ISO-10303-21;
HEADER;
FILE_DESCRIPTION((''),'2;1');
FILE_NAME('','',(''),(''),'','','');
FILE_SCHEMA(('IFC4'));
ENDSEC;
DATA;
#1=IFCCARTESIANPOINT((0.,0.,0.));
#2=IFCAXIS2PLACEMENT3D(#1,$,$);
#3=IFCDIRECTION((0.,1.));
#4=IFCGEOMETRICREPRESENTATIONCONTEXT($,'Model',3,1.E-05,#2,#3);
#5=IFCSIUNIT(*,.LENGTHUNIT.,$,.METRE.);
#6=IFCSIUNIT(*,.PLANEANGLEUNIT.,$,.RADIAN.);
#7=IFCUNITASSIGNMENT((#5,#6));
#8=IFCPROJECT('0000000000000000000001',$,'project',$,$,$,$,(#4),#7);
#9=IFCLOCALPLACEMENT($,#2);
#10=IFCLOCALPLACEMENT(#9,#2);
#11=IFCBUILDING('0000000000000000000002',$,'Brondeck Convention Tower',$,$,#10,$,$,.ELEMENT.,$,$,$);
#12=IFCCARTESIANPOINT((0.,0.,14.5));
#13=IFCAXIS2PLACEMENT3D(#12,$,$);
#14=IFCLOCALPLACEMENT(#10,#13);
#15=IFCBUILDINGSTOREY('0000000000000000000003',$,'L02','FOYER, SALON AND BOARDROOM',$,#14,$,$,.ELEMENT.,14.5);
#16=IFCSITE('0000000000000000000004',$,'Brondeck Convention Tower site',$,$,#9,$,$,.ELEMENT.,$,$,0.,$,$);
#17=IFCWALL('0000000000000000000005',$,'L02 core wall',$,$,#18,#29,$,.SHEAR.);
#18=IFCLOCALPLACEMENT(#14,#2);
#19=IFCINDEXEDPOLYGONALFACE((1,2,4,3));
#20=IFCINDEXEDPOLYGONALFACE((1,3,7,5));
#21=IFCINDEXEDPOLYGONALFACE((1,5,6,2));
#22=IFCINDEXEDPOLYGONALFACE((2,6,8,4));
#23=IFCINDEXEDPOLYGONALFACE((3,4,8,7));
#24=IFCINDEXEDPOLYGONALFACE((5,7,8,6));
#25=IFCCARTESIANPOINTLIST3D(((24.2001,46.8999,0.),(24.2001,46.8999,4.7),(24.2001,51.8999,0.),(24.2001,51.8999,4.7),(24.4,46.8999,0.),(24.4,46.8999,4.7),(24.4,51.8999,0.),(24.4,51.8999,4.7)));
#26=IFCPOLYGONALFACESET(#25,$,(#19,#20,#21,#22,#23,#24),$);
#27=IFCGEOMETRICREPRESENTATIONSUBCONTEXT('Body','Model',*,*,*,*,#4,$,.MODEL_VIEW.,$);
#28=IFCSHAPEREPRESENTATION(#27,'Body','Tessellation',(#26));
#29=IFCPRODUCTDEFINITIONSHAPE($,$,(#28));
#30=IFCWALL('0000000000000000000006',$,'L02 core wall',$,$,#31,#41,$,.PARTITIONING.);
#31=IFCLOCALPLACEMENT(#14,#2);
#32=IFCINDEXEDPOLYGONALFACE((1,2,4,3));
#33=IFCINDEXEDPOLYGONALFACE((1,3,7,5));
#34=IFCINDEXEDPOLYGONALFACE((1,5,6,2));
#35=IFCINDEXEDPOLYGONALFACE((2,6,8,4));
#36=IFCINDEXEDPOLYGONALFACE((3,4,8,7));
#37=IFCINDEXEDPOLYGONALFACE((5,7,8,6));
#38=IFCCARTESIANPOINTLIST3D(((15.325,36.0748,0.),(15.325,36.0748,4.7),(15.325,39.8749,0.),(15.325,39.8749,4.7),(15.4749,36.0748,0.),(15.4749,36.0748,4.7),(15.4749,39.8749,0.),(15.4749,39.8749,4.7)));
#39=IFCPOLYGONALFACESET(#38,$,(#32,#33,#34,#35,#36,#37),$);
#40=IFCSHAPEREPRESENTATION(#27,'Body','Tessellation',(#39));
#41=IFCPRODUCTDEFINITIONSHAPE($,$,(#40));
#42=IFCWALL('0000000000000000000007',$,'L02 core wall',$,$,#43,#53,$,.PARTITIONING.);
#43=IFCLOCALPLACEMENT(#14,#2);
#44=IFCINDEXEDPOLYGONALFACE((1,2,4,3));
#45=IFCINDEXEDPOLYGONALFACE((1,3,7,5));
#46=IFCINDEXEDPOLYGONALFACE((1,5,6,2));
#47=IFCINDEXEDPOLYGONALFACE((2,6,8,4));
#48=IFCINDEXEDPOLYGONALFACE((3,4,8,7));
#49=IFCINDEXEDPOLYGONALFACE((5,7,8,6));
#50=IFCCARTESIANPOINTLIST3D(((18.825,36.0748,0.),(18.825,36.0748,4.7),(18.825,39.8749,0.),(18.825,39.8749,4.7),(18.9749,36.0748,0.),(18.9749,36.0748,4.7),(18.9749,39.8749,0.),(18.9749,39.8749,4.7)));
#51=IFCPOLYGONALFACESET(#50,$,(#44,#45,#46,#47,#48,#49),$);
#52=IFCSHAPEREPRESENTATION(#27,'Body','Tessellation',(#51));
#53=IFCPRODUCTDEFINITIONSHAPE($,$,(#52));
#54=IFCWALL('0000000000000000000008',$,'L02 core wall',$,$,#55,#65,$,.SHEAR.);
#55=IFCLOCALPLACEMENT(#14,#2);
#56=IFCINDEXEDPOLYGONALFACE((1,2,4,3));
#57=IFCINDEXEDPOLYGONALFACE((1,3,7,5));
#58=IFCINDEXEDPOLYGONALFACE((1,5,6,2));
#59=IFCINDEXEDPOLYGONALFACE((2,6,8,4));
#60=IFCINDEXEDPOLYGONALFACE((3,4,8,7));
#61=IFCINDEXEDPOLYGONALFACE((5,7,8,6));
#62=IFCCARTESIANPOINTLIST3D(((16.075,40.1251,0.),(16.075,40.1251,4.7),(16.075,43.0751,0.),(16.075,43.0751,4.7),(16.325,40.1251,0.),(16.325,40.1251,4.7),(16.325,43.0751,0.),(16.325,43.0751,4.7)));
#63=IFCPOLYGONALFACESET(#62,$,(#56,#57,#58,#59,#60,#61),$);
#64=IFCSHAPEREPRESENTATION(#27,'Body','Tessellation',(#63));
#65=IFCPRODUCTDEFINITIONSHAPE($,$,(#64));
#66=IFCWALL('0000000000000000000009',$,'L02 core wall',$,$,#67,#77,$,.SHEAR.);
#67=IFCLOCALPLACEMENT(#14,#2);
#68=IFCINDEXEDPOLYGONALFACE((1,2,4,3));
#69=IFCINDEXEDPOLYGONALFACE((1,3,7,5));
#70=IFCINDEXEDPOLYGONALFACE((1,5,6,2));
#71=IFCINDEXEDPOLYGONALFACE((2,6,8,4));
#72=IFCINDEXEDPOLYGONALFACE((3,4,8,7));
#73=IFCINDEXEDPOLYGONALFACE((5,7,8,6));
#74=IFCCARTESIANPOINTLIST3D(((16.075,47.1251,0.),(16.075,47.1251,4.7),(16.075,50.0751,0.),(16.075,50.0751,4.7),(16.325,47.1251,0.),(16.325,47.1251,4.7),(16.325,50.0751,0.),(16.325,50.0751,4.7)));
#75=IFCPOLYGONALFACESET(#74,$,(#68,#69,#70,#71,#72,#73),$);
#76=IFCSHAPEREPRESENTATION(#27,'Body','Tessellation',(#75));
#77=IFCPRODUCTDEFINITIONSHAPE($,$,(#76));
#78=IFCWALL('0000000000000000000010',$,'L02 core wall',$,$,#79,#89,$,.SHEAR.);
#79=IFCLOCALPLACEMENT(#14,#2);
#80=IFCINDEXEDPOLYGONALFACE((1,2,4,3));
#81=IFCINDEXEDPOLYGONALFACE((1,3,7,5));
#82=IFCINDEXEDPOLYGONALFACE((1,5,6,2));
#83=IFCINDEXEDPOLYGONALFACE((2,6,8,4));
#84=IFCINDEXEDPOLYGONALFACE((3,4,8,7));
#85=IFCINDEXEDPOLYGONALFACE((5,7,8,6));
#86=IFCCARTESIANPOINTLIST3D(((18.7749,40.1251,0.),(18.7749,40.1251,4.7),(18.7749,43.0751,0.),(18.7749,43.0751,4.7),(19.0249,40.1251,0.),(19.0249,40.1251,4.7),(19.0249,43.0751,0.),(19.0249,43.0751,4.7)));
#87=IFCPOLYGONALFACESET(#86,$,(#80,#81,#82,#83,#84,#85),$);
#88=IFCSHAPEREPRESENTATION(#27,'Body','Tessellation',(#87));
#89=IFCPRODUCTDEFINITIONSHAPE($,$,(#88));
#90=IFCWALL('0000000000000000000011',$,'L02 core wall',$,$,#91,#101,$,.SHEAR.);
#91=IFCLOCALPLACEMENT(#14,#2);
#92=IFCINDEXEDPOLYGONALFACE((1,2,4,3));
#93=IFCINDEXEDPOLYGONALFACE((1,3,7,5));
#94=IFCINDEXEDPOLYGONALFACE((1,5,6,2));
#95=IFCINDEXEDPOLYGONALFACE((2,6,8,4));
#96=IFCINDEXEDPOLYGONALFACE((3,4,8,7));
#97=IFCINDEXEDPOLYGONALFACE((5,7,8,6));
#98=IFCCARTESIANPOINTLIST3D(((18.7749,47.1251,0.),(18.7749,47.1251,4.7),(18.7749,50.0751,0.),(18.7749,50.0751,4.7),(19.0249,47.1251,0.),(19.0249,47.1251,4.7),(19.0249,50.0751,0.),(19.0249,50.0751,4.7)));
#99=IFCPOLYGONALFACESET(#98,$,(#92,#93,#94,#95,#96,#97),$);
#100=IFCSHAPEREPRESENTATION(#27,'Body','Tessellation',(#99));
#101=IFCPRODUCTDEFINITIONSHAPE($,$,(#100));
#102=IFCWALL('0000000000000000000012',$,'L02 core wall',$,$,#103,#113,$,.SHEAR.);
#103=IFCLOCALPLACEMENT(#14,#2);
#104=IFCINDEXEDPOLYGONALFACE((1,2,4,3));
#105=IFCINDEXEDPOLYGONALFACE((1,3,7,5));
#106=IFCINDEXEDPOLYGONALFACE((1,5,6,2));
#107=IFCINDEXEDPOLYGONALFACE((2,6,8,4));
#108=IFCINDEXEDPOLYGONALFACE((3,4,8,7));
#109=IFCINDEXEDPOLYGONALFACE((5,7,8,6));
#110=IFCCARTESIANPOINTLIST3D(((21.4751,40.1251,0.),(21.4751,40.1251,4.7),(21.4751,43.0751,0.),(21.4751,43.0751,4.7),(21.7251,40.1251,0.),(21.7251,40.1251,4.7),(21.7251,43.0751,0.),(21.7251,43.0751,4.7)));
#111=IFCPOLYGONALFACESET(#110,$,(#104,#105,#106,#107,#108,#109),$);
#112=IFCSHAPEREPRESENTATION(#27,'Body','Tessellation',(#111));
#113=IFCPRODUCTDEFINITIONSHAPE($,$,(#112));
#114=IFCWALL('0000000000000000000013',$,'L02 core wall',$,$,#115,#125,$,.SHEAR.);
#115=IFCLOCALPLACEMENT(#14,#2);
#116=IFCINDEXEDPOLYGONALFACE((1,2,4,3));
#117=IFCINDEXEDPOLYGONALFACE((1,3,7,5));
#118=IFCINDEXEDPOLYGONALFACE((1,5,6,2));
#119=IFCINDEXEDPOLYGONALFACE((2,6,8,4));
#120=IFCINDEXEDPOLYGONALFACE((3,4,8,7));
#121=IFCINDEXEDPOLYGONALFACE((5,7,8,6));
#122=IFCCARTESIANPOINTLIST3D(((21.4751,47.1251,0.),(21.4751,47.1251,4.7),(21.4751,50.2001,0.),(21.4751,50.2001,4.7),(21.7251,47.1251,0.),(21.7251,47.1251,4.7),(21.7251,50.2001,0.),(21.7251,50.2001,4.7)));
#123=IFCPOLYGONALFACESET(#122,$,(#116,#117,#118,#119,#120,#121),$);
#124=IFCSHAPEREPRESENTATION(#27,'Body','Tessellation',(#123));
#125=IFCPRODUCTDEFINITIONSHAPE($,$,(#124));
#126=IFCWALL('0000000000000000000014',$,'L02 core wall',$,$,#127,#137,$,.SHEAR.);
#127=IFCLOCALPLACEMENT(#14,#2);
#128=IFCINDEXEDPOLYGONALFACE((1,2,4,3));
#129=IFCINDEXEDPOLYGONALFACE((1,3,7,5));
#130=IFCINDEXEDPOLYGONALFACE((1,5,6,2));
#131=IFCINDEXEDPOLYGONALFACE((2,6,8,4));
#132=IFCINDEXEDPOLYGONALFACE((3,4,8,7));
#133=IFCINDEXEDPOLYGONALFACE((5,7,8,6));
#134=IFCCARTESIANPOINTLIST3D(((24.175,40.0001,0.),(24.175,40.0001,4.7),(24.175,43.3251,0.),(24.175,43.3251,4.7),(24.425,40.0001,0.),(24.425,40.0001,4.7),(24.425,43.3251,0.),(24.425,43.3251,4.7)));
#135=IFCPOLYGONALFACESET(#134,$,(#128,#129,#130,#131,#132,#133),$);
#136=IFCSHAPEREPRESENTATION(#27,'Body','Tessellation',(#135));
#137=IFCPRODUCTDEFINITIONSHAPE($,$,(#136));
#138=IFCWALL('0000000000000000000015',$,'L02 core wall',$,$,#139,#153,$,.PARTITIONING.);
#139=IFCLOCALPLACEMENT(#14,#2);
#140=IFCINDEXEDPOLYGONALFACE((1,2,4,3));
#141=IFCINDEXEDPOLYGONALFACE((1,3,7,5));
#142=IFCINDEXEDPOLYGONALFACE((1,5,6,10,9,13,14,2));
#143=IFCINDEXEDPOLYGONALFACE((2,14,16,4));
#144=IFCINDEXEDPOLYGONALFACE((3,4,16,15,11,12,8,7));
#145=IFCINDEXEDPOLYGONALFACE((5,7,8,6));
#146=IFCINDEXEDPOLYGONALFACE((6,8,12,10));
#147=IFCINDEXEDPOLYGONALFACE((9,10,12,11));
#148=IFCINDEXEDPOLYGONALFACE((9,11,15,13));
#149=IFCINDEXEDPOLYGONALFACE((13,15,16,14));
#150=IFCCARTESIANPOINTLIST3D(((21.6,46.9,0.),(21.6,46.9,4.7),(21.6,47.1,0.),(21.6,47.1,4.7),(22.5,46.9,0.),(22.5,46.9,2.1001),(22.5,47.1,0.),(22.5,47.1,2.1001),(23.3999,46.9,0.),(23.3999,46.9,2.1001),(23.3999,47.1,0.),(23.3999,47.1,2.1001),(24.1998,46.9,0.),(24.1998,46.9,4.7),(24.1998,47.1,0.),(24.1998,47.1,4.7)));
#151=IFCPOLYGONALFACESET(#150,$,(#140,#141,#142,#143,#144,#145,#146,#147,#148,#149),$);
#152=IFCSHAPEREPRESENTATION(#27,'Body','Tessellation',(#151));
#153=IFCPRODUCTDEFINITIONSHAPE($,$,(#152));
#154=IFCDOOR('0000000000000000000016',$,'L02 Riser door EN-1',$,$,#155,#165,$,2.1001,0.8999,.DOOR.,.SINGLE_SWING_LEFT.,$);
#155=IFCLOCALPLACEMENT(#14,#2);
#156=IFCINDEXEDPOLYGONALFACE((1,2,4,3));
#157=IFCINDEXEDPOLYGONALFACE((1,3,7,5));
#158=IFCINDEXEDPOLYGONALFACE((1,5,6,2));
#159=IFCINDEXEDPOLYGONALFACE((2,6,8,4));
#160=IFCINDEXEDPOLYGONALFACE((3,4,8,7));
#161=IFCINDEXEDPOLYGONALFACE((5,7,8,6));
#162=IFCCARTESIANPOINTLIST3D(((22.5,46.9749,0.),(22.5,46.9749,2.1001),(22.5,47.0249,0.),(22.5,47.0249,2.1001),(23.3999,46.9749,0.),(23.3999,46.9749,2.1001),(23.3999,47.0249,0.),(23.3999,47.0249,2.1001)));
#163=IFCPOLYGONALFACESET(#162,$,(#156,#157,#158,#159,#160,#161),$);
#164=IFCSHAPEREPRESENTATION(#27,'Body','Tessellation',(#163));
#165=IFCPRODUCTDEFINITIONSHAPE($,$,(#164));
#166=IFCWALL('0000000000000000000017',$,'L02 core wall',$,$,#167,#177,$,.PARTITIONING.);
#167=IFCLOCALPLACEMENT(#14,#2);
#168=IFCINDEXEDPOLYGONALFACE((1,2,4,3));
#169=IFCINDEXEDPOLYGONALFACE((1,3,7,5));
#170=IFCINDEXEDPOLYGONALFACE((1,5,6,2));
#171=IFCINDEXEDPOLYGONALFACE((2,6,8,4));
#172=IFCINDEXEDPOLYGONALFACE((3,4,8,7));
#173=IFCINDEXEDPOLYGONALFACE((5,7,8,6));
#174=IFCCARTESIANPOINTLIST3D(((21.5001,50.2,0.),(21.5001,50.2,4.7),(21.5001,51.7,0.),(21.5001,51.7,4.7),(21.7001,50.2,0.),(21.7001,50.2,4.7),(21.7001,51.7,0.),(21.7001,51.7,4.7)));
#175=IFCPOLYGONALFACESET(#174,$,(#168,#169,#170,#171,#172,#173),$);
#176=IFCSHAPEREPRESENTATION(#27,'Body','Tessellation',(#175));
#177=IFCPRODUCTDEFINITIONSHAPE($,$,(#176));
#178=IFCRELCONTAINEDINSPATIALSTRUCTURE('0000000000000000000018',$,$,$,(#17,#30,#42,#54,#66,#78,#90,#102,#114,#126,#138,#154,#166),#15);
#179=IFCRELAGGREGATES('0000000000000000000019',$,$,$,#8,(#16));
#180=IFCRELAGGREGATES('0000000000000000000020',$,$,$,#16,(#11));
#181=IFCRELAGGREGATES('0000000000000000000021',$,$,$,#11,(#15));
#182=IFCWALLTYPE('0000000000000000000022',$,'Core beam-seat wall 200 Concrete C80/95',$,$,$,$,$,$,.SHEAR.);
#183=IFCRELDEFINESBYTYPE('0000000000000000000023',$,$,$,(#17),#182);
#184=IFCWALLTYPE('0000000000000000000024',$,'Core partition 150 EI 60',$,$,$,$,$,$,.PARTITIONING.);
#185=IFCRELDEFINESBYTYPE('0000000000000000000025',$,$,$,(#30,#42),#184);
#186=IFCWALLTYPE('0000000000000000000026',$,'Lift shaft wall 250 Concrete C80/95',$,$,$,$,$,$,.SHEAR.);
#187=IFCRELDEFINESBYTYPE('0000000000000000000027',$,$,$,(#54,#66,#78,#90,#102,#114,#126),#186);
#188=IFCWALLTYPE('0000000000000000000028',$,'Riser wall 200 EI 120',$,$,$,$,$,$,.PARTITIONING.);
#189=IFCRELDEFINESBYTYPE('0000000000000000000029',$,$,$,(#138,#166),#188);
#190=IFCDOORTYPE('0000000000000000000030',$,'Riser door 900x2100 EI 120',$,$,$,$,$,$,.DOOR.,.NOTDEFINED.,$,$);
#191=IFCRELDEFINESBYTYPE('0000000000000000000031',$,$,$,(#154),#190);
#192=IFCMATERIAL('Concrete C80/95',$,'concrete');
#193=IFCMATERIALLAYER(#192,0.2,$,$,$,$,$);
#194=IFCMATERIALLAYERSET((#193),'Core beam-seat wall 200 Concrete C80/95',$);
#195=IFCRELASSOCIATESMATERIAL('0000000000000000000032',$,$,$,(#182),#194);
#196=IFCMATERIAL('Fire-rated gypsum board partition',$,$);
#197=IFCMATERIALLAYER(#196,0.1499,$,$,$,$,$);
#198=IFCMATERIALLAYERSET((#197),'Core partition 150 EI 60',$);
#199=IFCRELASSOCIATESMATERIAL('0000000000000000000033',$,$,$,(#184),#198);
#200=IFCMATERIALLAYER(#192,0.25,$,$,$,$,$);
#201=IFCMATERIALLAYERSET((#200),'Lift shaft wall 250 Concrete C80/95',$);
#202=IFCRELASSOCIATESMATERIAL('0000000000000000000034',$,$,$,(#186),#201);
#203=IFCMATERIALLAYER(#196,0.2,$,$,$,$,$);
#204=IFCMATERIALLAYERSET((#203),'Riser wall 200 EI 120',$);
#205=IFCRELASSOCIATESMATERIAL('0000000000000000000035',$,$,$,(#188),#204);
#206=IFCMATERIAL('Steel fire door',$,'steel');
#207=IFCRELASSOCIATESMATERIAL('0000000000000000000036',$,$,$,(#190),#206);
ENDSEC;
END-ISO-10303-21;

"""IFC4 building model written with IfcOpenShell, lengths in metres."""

from ifc_helpers import new_model, si_unit, direction, frame, frame_2d, origin, place, context, subcontext, project, spatial, rectangle, extrude, material, layer, layer_set, type_object, element, fill, save


model = new_model("IFC4")

# Units and contexts
model_context = context("Model", 3, precision=1e-05, world=origin(), true_north=direction((0.0, 1.0)))
body_context = subcontext(model_context, "Body", "Model", "MODEL_VIEW")
ifc_project = project(units=[si_unit("LENGTHUNIT", "METRE"), si_unit("PLANEANGLEUNIT", "RADIAN")], contexts=[model_context])

# Site, building, storey
site_placement = place(None, origin())
site = spatial("IfcSite", under=ifc_project, at=site_placement, Name="Brondeck Convention Tower site", CompositionType="ELEMENT", RefElevation=0.0)
building_placement = place(site_placement, origin())
building = spatial("IfcBuilding", under=site, at=building_placement, Name="Brondeck Convention Tower", CompositionType="ELEMENT")
storey_placement = place(building_placement, frame((0.0, 0.0, 14.5)))
storey = spatial("IfcBuildingStorey", under=building, at=storey_placement, Name="L02", Description="FOYER, SALON AND BOARDROOM", CompositionType="ELEMENT", Elevation=14.5)

# Walls
ifc_material_1 = material(Name="Concrete C80/95", Category="concrete")
ifc_layer_1 = layer(ifc_material_1, 0.2)
ifc_layer_set_1 = layer_set([ifc_layer_1], Name="Core beam-seat wall 200 Concrete C80/95")
wall_type_1 = type_object("IfcWallType", Name="Core beam-seat wall 200 Concrete C80/95", PredefinedType="SHEAR", material=ifc_layer_set_1)
wall_1_placement = place(storey_placement, frame((24.3, 46.8999, 0.0), z_axis=(0.0, 0.0, 1.0), x_axis=(0.0, 1.0, 0.0)))
element("IfcWall", 1, at=wall_1_placement, inside=storey, type_object=wall_type_1, Name="L02 core wall", PredefinedType="SHEAR", context=body_context, shape_type="SweptSolid", body=[
    extrude(rectangle(XDim=5.0, YDim=0.2, at=frame_2d((2.5, 0.0))), origin(), (0.0, 0.0, 1.0), 4.7),
])
ifc_material_2 = material(Name="Fire-rated gypsum board partition")
ifc_layer_2 = layer(ifc_material_2, 0.1499)
ifc_layer_set_2 = layer_set([ifc_layer_2], Name="Core partition 150 EI 60")
wall_type_2 = type_object("IfcWallType", Name="Core partition 150 EI 60", PredefinedType="PARTITIONING", material=ifc_layer_set_2)
for number, where, z_axis, x_axis, name in (
    (2, (15.3999, 36.075, 0.0), (0.0, 0.0, 1.0), (0.0, 1.0, 0.0), "L02 core wall"),
    (3, (18.8999, 36.075, 0.0), (0.0, 0.0, 1.0), (0.0, 1.0, 0.0), "L02 core wall"),
):
    element("IfcWall", number, at=place(storey_placement, frame(where, z_axis=z_axis, x_axis=x_axis)), inside=storey, type_object=wall_type_2, Name=name, PredefinedType="PARTITIONING", context=body_context, shape_type="SweptSolid", body=[
        extrude(rectangle(XDim=3.8, YDim=0.1499, at=frame_2d((1.8999, 0.0))), origin(), (0.0, 0.0, 1.0), 4.7),
    ])
ifc_layer_3 = layer(ifc_material_1, 0.25)
ifc_layer_set_3 = layer_set([ifc_layer_3], Name="Lift shaft wall 250 Concrete C80/95")
wall_type_3 = type_object("IfcWallType", Name="Lift shaft wall 250 Concrete C80/95", PredefinedType="SHEAR", material=ifc_layer_set_3)
for number, where, z_axis, x_axis, name in (
    (4, (16.2, 40.125, 0.0), (0.0, 0.0, 1.0), (0.0, 1.0, 0.0), "L02 core wall"),
    (5, (16.2, 47.125, 0.0), (0.0, 0.0, 1.0), (0.0, 1.0, 0.0), "L02 core wall"),
    (6, (18.8999, 40.125, 0.0), (0.0, 0.0, 1.0), (0.0, 1.0, 0.0), "L02 core wall"),
    (7, (18.8999, 47.125, 0.0), (0.0, 0.0, 1.0), (0.0, 1.0, 0.0), "L02 core wall"),
    (8, (21.6001, 40.125, 0.0), (0.0, 0.0, 1.0), (0.0, 1.0, 0.0), "L02 core wall"),
):
    element("IfcWall", number, at=place(storey_placement, frame(where, z_axis=z_axis, x_axis=x_axis)), inside=storey, type_object=wall_type_3, Name=name, PredefinedType="SHEAR", context=body_context, shape_type="SweptSolid", body=[
        extrude(rectangle(XDim=2.95, YDim=0.25, at=frame_2d((1.4751, 0.0))), origin(), (0.0, 0.0, 1.0), 4.7),
    ])
wall_2_placement = place(storey_placement, frame((21.6001, 47.125, 0.0), z_axis=(0.0, 0.0, 1.0), x_axis=(0.0, 1.0, 0.0)))
element("IfcWall", 9, at=wall_2_placement, inside=storey, type_object=wall_type_3, Name="L02 core wall", PredefinedType="SHEAR", context=body_context, shape_type="SweptSolid", body=[
    extrude(rectangle(XDim=3.075, YDim=0.25, at=frame_2d((1.5376, 0.0))), origin(), (0.0, 0.0, 1.0), 4.7),
])
wall_3_placement = place(storey_placement, frame((24.3, 40.0, 0.0), z_axis=(0.0, 0.0, 1.0), x_axis=(0.0, 1.0, 0.0)))
element("IfcWall", 10, at=wall_3_placement, inside=storey, type_object=wall_type_3, Name="L02 core wall", PredefinedType="SHEAR", context=body_context, shape_type="SweptSolid", body=[
    extrude(rectangle(XDim=3.325, YDim=0.25, at=frame_2d((1.6626, 0.0))), origin(), (0.0, 0.0, 1.0), 4.7),
])

# Wall, opening, door
ifc_layer_4 = layer(ifc_material_2, 0.2)
ifc_layer_set_4 = layer_set([ifc_layer_4], Name="Riser wall 200 EI 120")
wall_type_4 = type_object("IfcWallType", Name="Riser wall 200 EI 120", PredefinedType="PARTITIONING", material=ifc_layer_set_4)
wall_4_placement = place(storey_placement, frame((21.6001, 47.0, 0.0), z_axis=(0.0, 0.0, 1.0), x_axis=(1.0, 0.0, 0.0)))
wall_4 = element("IfcWall", 11, at=wall_4_placement, inside=storey, type_object=wall_type_4, Name="L02 core wall", PredefinedType="PARTITIONING", context=body_context, shape_type="SweptSolid", body=[
    extrude(rectangle(XDim=2.5999, YDim=0.2, at=frame_2d((1.2998, 0.0))), origin(), (0.0, 0.0, 1.0), 4.7),
])
opening_placement = place(wall_4_placement, frame((0.8999, 0.0, 0.0)))
opening = element("IfcOpeningElement", 12, at=opening_placement, cuts=wall_4, PredefinedType="OPENING", context=body_context, shape_type="SweptSolid", body=[
    extrude(rectangle(XDim=0.8999, YDim=2.1001, at=frame_2d((0.45, 1.05))), frame((0.0, 0.1099, 0.0), z_axis=(0.0, -1.0, 0.0), x_axis=(1.0, 0.0, 0.0)), (0.0, 0.0, 1.0), 0.22),
])
ifc_material_3 = material(Name="Steel fire door", Category="steel")
door_type = type_object("IfcDoorType", Name="Riser door 900x2100 EI 120", OperationType="NOTDEFINED", PredefinedType="DOOR", material=ifc_material_3)
door_placement = place(opening_placement, origin())
door = element("IfcDoor", 13, at=door_placement, inside=storey, type_object=door_type, Name="L02 Riser door EN-1", OperationType="SINGLE_SWING_LEFT", OverallHeight=2.1001, OverallWidth=0.8999, PredefinedType="DOOR", context=body_context, shape_type="SweptSolid", body=[
    extrude(rectangle(XDim=0.8999, YDim=2.1001, at=frame_2d((0.45, 1.05))), frame((0.0, 0.0249, 0.0), z_axis=(0.0, -1.0, 0.0), x_axis=(1.0, 0.0, 0.0)), (0.0, 0.0, 1.0), 0.05),
])
fill(opening, door)

# Wall
wall_5_placement = place(storey_placement, frame((21.6001, 50.2, 0.0), z_axis=(0.0, 0.0, 1.0), x_axis=(0.0, 1.0, 0.0)))
element("IfcWall", 14, at=wall_5_placement, inside=storey, type_object=wall_type_4, Name="L02 core wall", PredefinedType="PARTITIONING", context=body_context, shape_type="SweptSolid", body=[
    extrude(rectangle(XDim=1.5, YDim=0.2, at=frame_2d((0.75, 0.0))), origin(), (0.0, 0.0, 1.0), 4.7),
])

save(model, "model.ifc")
